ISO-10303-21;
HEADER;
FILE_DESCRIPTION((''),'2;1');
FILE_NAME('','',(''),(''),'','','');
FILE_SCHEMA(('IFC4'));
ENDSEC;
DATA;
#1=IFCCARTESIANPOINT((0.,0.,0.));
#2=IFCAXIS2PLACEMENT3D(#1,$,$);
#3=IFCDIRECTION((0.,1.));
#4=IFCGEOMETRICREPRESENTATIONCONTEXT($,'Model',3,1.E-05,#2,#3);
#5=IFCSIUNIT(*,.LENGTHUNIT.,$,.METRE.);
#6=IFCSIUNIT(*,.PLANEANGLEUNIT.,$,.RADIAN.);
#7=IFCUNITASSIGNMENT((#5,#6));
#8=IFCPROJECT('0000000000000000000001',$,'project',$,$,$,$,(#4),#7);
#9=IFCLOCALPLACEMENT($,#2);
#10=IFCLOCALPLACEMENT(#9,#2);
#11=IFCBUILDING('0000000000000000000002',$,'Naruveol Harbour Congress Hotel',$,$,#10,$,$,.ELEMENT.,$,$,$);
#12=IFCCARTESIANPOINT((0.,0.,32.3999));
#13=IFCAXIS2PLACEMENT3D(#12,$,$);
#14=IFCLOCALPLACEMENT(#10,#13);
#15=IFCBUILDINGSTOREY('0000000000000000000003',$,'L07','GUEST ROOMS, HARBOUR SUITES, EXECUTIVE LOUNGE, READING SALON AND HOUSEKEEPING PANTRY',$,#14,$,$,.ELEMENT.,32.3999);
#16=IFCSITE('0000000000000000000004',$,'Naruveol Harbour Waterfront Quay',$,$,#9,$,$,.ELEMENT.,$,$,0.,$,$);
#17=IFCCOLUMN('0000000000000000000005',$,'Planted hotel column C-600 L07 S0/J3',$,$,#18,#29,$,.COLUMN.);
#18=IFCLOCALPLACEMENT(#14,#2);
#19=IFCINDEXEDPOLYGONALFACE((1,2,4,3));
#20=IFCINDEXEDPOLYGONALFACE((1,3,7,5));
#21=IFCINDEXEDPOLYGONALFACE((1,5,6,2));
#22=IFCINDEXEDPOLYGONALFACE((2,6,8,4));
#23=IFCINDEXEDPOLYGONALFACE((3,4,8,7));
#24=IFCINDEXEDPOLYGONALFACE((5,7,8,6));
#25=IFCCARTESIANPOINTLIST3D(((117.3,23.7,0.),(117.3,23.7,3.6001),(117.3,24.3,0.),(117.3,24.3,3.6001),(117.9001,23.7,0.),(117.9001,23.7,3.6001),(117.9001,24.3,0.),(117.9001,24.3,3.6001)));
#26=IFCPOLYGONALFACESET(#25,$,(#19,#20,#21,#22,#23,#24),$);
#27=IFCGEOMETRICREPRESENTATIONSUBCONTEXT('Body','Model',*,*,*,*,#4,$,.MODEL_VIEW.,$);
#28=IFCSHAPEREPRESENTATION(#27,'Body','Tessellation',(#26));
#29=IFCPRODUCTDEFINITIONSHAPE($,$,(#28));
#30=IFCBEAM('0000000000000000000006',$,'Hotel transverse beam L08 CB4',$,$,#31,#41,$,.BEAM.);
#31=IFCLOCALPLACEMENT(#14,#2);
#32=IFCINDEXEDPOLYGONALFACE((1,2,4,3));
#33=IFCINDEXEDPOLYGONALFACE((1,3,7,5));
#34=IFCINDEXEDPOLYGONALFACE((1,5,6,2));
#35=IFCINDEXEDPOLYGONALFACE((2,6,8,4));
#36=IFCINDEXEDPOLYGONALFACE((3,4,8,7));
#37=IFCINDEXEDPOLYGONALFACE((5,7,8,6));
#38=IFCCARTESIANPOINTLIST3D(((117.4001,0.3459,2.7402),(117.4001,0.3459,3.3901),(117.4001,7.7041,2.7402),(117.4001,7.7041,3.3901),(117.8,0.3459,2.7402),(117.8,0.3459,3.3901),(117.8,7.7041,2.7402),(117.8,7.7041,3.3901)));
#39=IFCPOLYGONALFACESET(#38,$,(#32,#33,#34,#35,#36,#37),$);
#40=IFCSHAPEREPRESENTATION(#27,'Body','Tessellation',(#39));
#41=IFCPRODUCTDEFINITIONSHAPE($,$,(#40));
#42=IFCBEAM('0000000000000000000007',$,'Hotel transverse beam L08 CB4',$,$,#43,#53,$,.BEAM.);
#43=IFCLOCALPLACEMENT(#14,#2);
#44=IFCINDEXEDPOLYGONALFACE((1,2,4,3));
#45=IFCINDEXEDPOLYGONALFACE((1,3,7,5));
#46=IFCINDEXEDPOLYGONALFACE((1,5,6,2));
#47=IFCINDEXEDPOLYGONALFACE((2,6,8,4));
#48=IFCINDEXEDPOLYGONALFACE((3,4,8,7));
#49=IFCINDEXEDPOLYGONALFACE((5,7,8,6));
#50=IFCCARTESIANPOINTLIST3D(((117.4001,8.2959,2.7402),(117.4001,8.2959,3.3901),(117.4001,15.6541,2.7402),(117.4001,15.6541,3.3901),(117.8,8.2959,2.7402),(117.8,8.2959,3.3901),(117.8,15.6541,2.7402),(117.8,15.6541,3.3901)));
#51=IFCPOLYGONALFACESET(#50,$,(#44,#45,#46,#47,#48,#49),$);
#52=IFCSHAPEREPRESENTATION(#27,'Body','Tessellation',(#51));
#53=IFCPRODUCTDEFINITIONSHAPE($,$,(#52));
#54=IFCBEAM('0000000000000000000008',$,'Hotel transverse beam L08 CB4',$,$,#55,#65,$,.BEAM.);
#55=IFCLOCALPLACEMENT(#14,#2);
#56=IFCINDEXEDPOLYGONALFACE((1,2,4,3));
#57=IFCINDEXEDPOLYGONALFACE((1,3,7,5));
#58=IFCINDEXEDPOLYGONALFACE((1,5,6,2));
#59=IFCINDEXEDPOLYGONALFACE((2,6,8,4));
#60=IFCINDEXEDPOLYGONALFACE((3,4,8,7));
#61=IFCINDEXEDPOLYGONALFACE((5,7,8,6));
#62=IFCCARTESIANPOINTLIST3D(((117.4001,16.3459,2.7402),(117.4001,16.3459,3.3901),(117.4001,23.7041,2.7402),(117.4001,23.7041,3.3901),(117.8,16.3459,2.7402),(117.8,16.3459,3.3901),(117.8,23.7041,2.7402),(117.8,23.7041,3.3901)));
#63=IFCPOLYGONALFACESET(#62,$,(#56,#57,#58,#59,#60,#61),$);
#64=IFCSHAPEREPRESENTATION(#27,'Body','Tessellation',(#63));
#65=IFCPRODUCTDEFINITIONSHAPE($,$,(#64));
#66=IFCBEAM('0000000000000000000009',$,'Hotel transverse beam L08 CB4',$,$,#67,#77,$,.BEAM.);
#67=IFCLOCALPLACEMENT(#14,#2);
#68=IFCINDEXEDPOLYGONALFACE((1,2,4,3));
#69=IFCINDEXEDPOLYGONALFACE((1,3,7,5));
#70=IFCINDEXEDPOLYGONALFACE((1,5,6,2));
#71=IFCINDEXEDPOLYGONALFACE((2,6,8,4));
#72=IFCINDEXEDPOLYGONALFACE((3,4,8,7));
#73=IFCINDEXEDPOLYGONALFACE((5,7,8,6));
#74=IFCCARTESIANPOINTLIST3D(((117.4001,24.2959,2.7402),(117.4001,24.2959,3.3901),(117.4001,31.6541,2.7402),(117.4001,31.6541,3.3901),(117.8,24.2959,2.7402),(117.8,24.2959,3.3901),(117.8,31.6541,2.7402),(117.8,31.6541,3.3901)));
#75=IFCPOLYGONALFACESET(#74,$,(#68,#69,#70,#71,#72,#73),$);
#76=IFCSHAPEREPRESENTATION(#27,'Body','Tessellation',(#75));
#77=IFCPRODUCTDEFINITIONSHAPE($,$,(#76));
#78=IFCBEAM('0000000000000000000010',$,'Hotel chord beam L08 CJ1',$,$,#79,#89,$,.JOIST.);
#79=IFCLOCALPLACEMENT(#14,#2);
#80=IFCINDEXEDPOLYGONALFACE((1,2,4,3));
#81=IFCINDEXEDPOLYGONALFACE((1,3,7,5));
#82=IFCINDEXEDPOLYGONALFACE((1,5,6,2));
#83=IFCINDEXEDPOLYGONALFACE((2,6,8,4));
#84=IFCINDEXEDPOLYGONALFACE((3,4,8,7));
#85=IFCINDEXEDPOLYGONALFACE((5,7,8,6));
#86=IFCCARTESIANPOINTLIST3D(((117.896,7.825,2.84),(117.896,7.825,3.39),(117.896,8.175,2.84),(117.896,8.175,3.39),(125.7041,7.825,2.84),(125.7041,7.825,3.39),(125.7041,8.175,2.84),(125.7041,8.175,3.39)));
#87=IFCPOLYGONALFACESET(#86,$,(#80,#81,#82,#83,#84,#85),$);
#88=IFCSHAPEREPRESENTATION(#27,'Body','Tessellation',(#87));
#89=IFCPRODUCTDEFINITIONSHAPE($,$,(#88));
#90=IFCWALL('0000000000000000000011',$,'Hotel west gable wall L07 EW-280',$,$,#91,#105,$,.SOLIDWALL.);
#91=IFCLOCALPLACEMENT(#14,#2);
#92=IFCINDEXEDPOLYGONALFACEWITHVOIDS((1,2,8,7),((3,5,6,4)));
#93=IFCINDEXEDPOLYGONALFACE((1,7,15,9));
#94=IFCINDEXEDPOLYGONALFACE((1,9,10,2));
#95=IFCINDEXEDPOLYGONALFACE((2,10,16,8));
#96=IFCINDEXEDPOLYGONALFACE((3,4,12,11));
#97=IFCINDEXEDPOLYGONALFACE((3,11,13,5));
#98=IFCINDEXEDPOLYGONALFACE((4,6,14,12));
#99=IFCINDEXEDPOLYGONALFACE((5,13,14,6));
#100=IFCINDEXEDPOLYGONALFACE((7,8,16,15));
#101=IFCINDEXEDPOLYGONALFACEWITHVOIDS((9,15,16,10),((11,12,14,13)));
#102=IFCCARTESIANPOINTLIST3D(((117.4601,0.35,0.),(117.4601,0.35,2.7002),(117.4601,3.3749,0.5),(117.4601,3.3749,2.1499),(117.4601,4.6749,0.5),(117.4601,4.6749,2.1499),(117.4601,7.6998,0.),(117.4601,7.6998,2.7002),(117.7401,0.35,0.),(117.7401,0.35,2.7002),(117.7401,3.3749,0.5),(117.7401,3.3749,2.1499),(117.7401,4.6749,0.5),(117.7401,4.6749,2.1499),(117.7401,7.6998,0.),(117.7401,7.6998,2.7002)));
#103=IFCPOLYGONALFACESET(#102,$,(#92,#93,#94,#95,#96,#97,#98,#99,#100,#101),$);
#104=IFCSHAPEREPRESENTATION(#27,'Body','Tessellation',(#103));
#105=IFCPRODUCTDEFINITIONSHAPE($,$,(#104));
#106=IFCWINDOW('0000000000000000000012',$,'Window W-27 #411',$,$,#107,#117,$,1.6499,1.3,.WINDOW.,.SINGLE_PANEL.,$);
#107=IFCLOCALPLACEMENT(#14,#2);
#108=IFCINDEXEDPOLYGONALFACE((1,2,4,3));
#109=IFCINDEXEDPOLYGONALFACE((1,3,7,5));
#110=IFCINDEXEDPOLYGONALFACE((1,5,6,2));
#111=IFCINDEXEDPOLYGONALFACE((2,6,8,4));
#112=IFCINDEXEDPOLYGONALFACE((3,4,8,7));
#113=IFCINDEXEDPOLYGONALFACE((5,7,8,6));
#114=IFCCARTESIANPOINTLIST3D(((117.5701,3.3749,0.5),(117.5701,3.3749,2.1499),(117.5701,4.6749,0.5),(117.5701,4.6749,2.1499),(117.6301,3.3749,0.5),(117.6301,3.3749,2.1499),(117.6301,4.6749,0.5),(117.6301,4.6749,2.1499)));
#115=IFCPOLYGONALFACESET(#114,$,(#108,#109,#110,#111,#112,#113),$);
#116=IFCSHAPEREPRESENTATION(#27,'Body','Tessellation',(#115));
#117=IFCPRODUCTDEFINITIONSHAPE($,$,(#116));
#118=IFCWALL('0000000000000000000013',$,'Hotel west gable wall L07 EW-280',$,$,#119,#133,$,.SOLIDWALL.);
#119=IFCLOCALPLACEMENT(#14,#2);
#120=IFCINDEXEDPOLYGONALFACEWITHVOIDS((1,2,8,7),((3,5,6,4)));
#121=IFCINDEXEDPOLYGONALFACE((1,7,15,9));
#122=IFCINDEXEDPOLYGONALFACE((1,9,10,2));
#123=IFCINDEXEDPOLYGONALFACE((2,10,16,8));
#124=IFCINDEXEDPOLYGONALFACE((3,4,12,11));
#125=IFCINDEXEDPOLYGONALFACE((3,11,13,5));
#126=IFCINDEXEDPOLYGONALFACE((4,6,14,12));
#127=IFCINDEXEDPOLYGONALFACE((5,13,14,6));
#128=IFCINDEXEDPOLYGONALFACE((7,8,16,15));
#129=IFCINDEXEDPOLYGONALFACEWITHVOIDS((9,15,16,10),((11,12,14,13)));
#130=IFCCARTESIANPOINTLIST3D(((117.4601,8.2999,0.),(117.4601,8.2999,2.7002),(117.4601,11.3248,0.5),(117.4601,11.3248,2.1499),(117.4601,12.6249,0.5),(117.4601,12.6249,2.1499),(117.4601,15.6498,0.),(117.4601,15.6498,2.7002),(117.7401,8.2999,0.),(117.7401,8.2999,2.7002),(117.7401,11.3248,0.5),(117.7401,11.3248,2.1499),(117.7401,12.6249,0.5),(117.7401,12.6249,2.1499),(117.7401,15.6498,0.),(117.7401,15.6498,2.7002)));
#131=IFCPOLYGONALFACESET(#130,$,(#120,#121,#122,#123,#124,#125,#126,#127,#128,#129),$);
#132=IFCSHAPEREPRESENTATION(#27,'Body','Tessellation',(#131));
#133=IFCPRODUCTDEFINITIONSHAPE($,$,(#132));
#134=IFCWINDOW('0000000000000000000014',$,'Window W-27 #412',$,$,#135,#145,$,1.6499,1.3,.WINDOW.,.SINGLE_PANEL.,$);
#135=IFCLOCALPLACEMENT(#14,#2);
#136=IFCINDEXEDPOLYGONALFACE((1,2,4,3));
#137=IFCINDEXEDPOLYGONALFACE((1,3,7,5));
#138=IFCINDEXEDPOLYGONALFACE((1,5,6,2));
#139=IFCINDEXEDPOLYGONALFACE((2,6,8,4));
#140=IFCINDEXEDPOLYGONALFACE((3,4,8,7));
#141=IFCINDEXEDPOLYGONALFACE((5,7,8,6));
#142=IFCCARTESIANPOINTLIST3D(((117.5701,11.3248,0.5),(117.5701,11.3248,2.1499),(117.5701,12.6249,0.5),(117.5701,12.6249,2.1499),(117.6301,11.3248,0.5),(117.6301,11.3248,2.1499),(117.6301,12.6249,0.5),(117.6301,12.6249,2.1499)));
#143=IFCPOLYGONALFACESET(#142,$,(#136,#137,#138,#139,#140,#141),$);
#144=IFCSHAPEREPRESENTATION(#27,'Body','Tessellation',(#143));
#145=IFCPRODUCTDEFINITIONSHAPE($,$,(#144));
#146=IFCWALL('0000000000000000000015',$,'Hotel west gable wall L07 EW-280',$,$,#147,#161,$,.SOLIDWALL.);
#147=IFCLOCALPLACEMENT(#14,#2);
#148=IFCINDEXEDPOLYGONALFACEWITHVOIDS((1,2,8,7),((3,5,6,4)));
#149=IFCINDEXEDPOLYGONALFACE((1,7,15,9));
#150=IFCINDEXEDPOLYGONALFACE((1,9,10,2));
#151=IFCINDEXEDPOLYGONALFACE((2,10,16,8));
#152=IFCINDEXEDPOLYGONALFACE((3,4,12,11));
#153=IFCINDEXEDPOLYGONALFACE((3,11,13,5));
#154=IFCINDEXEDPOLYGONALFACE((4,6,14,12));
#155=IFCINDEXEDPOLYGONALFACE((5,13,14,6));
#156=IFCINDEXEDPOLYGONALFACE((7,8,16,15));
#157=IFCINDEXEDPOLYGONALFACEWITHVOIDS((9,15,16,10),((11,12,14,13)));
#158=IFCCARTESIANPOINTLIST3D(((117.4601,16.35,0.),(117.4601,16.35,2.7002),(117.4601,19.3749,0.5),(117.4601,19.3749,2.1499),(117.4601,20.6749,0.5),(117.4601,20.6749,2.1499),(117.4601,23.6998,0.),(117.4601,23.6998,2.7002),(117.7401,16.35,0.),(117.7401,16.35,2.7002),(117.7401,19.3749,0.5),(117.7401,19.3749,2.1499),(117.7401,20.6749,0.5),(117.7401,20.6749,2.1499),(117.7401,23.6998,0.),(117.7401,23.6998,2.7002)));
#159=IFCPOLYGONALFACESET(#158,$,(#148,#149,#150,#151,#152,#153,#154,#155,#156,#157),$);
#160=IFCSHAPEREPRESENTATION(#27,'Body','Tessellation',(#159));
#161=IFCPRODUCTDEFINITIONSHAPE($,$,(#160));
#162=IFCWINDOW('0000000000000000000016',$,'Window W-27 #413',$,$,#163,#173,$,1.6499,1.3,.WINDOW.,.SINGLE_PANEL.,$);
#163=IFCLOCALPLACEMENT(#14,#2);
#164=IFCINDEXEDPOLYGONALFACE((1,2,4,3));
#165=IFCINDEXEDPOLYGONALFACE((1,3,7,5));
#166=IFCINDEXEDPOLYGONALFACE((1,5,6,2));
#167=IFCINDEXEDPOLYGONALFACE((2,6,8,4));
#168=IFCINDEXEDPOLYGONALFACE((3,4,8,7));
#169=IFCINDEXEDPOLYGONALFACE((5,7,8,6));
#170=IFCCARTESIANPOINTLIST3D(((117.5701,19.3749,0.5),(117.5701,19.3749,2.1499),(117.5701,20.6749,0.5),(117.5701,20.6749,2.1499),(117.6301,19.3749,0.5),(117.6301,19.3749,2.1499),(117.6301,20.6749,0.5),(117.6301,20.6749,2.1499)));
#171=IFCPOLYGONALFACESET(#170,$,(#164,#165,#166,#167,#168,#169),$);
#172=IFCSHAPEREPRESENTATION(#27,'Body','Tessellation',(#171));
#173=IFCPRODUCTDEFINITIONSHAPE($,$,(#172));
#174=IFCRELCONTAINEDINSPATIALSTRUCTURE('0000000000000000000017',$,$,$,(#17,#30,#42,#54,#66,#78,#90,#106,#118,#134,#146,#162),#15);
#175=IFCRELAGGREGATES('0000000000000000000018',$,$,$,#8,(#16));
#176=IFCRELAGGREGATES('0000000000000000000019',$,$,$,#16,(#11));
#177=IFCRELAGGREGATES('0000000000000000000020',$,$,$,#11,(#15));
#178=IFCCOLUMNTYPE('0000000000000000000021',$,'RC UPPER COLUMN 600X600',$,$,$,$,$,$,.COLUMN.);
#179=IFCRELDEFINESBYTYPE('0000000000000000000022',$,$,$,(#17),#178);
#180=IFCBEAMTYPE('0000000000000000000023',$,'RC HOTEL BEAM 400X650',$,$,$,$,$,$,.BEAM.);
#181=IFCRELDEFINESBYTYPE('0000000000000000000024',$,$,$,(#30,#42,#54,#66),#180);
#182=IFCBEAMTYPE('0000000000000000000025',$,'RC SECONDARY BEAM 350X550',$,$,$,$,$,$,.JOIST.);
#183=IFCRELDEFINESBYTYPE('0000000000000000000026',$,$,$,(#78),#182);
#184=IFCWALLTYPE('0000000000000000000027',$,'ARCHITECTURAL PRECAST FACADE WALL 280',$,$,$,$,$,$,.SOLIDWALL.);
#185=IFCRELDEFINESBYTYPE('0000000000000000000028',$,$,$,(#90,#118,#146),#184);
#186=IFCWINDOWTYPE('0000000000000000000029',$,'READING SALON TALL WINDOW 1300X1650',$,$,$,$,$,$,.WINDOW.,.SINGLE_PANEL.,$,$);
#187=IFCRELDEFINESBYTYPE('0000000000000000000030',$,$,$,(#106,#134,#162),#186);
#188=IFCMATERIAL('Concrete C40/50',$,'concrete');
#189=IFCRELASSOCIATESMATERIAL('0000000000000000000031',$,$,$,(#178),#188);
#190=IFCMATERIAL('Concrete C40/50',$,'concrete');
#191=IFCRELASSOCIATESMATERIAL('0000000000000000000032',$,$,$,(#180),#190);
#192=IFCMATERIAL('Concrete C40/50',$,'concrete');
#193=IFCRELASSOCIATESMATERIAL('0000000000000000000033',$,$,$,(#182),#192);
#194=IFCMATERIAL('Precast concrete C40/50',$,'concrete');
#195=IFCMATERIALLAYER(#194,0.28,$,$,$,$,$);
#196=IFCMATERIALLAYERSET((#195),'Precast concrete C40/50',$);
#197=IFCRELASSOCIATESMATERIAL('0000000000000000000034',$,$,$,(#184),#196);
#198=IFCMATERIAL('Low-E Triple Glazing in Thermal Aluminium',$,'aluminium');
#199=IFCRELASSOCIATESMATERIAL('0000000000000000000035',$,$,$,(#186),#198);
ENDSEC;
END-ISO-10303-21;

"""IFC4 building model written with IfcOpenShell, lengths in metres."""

from ifc_helpers import new_model, si_unit, direction, frame, frame_2d, origin, origin_2d, place, context, subcontext, project, spatial, rectangle, extrude, material, layer, layer_set, material_profile, profile_set, type_object, element, fill, save


model = new_model("IFC4")

# Units and contexts
model_context = context("Model", 3, precision=1e-05, world=origin(), true_north=direction((0.0, 1.0)))
body_context = subcontext(model_context, "Body", "Model", "MODEL_VIEW")
ifc_project = project(units=[si_unit("LENGTHUNIT", "METRE"), si_unit("PLANEANGLEUNIT", "RADIAN")], contexts=[model_context])

# Site, building, storey
site_placement = place(None, origin())
site = spatial("IfcSite", under=ifc_project, at=site_placement, Name="Naruveol Harbour Waterfront Quay", CompositionType="ELEMENT", RefElevation=0.0)
building_placement = place(site_placement, origin())
building = spatial("IfcBuilding", under=site, at=building_placement, Name="Naruveol Harbour Congress Hotel", CompositionType="ELEMENT")
storey_placement = place(building_placement, frame((0.0, 0.0, 32.3999)))
storey = spatial("IfcBuildingStorey", under=building, at=storey_placement, Name="L07", Description="GUEST ROOMS, HARBOUR SUITES, EXECUTIVE LOUNGE, READING SALON AND HOUSEKEEPING PANTRY", CompositionType="ELEMENT", Elevation=32.3999)

# Column
ifc_material_1 = material(Name="Concrete C40/50", Category="concrete")
ifc_material_profile_1 = material_profile(ifc_material_1, rectangle(XDim=0.6001, YDim=0.6001, at=origin_2d()), Name="RC-600x600")
ifc_profile_set_1 = profile_set([ifc_material_profile_1], Name="Concrete C40/50")
column_type = type_object("IfcColumnType", Name="RC UPPER COLUMN 600X600", PredefinedType="COLUMN", material=ifc_profile_set_1)
column_placement = place(storey_placement, frame((117.6001, 24.0, 0.0), z_axis=(0.0, 0.0, 1.0), x_axis=(1.0, 0.0, 0.0)))
element("IfcColumn", 1, at=column_placement, inside=storey, type_object=column_type, Name="Planted hotel column C-600 L07 S0/J3", PredefinedType="COLUMN", context=body_context, shape_type="SweptSolid", body=[
    extrude(rectangle(XDim=0.6001, YDim=0.6001, at=origin_2d()), origin(), (0.0, 0.0, 1.0), 3.6001),
])

# Beams
ifc_material_2 = material(Name="Concrete C40/50", Category="concrete")
ifc_material_profile_2 = material_profile(ifc_material_2, rectangle(XDim=0.3999, YDim=0.6499, at=origin_2d()), Name="RCB-400x650")
ifc_profile_set_2 = profile_set([ifc_material_profile_2], Name="Concrete C40/50")
beam_type_1 = type_object("IfcBeamType", Name="RC HOTEL BEAM 400X650", PredefinedType="BEAM", material=ifc_profile_set_2)
for number, where, z_axis, x_axis, name in (
    (2, (117.6001, 0.3459, 3.0652), (0.0, 1.0, 0.0), (-1.0, 0.0, 0.0), "Hotel transverse beam L08 CB4"),
    (3, (117.6001, 8.2959, 3.0652), (0.0, 1.0, 0.0), (-1.0, 0.0, 0.0), "Hotel transverse beam L08 CB4"),
    (4, (117.6001, 16.3459, 3.0652), (0.0, 1.0, 0.0), (-1.0, 0.0, 0.0), "Hotel transverse beam L08 CB4"),
    (5, (117.6001, 24.2959, 3.0652), (0.0, 1.0, 0.0), (-1.0, 0.0, 0.0), "Hotel transverse beam L08 CB4"),
):
    element("IfcBeam", number, at=place(storey_placement, frame(where, z_axis=z_axis, x_axis=x_axis)), inside=storey, type_object=beam_type_1, Name=name, PredefinedType="BEAM", context=body_context, shape_type="SweptSolid", body=[
        extrude(rectangle(XDim=0.3999, YDim=0.6499, at=origin_2d()), origin(), (0.0, 0.0, 1.0), 7.3582),
    ])
ifc_material_3 = material(Name="Concrete C40/50", Category="concrete")
ifc_material_profile_3 = material_profile(ifc_material_3, rectangle(XDim=0.3501, YDim=0.55, at=origin_2d()), Name="RCB-350x550")
ifc_profile_set_3 = profile_set([ifc_material_profile_3], Name="Concrete C40/50")
beam_type_2 = type_object("IfcBeamType", Name="RC SECONDARY BEAM 350X550", PredefinedType="JOIST", material=ifc_profile_set_3)
beam_placement = place(storey_placement, frame((117.896, 8.0, 3.115), z_axis=(1.0, 0.0, 0.0), x_axis=(0.0, 1.0, 0.0)))
element("IfcBeam", 6, at=beam_placement, inside=storey, type_object=beam_type_2, Name="Hotel chord beam L08 CJ1", PredefinedType="JOIST", context=body_context, shape_type="SweptSolid", body=[
    extrude(rectangle(XDim=0.3501, YDim=0.55, at=origin_2d()), origin(), (0.0, 0.0, 1.0), 7.8081),
])

# Walls, openings, windows
ifc_material_4 = material(Name="Precast concrete C40/50", Category="concrete")
ifc_layer_1 = layer(ifc_material_4, 0.28)
ifc_layer_set_1 = layer_set([ifc_layer_1], Name="Precast concrete C40/50")
wall_type_1 = type_object("IfcWallType", Name="ARCHITECTURAL PRECAST FACADE WALL 280", PredefinedType="SOLIDWALL", material=ifc_layer_set_1)
wall_1_placement = place(storey_placement, frame((117.6001, 0.3501, 0.0), z_axis=(0.0, 0.0, 1.0), x_axis=(0.0, 1.0, 0.0)))
wall_1 = element("IfcWall", 7, at=wall_1_placement, inside=storey, type_object=wall_type_1, Name="Hotel west gable wall L07 EW-280", PredefinedType="SOLIDWALL", context=body_context, shape_type="SweptSolid", body=[
    extrude(rectangle(XDim=7.3499, YDim=0.28, at=frame_2d((3.6748, 0.0))), origin(), (0.0, 0.0, 1.0), 2.7002),
])
opening_1_placement = place(wall_1_placement, frame((3.0249, 0.0, 0.5)))
opening_1 = element("IfcOpeningElement", 8, at=opening_1_placement, cuts=wall_1, PredefinedType="OPENING", context=body_context, shape_type="SweptSolid", body=[
    extrude(rectangle(XDim=1.3, YDim=1.6499, at=frame_2d((0.6499, 0.825))), frame((0.0, 0.1499, 0.0), z_axis=(0.0, -1.0, 0.0), x_axis=(1.0, 0.0, 0.0)), (0.0, 0.0, 1.0), 0.3),
])
ifc_material_5 = material(Name="Low-E Triple Glazing in Thermal Aluminium", Category="aluminium")
window_type = type_object("IfcWindowType", Name="READING SALON TALL WINDOW 1300X1650", PartitioningType="SINGLE_PANEL", PredefinedType="WINDOW", material=ifc_material_5)
window_1_placement = place(opening_1_placement, origin())
window_1 = element("IfcWindow", 9, at=window_1_placement, inside=storey, type_object=window_type, Name="Window W-27 #411", OverallHeight=1.6499, OverallWidth=1.3, PartitioningType="SINGLE_PANEL", PredefinedType="WINDOW", context=body_context, shape_type="SweptSolid", body=[
    extrude(rectangle(XDim=1.3, YDim=1.6499, at=frame_2d((0.6499, 0.825))), frame((0.0, 0.03, 0.0), z_axis=(0.0, -1.0, 0.0), x_axis=(1.0, 0.0, 0.0)), (0.0, 0.0, 1.0), 0.0601),
])
fill(opening_1, window_1)
wall_2_placement = place(storey_placement, frame((117.6001, 8.3, 0.0), z_axis=(0.0, 0.0, 1.0), x_axis=(0.0, 1.0, 0.0)))
wall_2 = element("IfcWall", 10, at=wall_2_placement, inside=storey, type_object=wall_type_1, Name="Hotel west gable wall L07 EW-280", PredefinedType="SOLIDWALL", context=body_context, shape_type="SweptSolid", body=[
    extrude(rectangle(XDim=7.3499, YDim=0.28, at=frame_2d((3.6748, 0.0))), origin(), (0.0, 0.0, 1.0), 2.7002),
])
opening_2_placement = place(wall_2_placement, frame((3.0249, 0.0, 0.5)))
opening_2 = element("IfcOpeningElement", 11, at=opening_2_placement, cuts=wall_2, PredefinedType="OPENING", context=body_context, shape_type="SweptSolid", body=[
    extrude(rectangle(XDim=1.3, YDim=1.6499, at=frame_2d((0.6499, 0.825))), frame((0.0, 0.1499, 0.0), z_axis=(0.0, -1.0, 0.0), x_axis=(1.0, 0.0, 0.0)), (0.0, 0.0, 1.0), 0.3),
])
window_2_placement = place(opening_2_placement, origin())
window_2 = element("IfcWindow", 12, at=window_2_placement, inside=storey, type_object=window_type, Name="Window W-27 #412", OverallHeight=1.6499, OverallWidth=1.3, PartitioningType="SINGLE_PANEL", PredefinedType="WINDOW", context=body_context, shape_type="SweptSolid", body=[
    extrude(rectangle(XDim=1.3, YDim=1.6499, at=frame_2d((0.6499, 0.825))), frame((0.0, 0.03, 0.0), z_axis=(0.0, -1.0, 0.0), x_axis=(1.0, 0.0, 0.0)), (0.0, 0.0, 1.0), 0.0601),
])
fill(opening_2, window_2)
wall_3_placement = place(storey_placement, frame((117.6001, 16.3501, 0.0), z_axis=(0.0, 0.0, 1.0), x_axis=(0.0, 1.0, 0.0)))
wall_3 = element("IfcWall", 13, at=wall_3_placement, inside=storey, type_object=wall_type_1, Name="Hotel west gable wall L07 EW-280", PredefinedType="SOLIDWALL", context=body_context, shape_type="SweptSolid", body=[
    extrude(rectangle(XDim=7.3499, YDim=0.28, at=frame_2d((3.6748, 0.0))), origin(), (0.0, 0.0, 1.0), 2.7002),
])
opening_3_placement = place(wall_3_placement, frame((3.0249, 0.0, 0.5)))
opening_3 = element("IfcOpeningElement", 14, at=opening_3_placement, cuts=wall_3, PredefinedType="OPENING", context=body_context, shape_type="SweptSolid", body=[
    extrude(rectangle(XDim=1.3, YDim=1.6499, at=frame_2d((0.6499, 0.825))), frame((0.0, 0.1499, 0.0), z_axis=(0.0, -1.0, 0.0), x_axis=(1.0, 0.0, 0.0)), (0.0, 0.0, 1.0), 0.3),
])
window_3_placement = place(opening_3_placement, origin())
window_3 = element("IfcWindow", 15, at=window_3_placement, inside=storey, type_object=window_type, Name="Window W-27 #413", OverallHeight=1.6499, OverallWidth=1.3, PartitioningType="SINGLE_PANEL", PredefinedType="WINDOW", context=body_context, shape_type="SweptSolid", body=[
    extrude(rectangle(XDim=1.3, YDim=1.6499, at=frame_2d((0.6499, 0.825))), frame((0.0, 0.03, 0.0), z_axis=(0.0, -1.0, 0.0), x_axis=(1.0, 0.0, 0.0)), (0.0, 0.0, 1.0), 0.0601),
])
fill(opening_3, window_3)

save(model, "model.ifc")
